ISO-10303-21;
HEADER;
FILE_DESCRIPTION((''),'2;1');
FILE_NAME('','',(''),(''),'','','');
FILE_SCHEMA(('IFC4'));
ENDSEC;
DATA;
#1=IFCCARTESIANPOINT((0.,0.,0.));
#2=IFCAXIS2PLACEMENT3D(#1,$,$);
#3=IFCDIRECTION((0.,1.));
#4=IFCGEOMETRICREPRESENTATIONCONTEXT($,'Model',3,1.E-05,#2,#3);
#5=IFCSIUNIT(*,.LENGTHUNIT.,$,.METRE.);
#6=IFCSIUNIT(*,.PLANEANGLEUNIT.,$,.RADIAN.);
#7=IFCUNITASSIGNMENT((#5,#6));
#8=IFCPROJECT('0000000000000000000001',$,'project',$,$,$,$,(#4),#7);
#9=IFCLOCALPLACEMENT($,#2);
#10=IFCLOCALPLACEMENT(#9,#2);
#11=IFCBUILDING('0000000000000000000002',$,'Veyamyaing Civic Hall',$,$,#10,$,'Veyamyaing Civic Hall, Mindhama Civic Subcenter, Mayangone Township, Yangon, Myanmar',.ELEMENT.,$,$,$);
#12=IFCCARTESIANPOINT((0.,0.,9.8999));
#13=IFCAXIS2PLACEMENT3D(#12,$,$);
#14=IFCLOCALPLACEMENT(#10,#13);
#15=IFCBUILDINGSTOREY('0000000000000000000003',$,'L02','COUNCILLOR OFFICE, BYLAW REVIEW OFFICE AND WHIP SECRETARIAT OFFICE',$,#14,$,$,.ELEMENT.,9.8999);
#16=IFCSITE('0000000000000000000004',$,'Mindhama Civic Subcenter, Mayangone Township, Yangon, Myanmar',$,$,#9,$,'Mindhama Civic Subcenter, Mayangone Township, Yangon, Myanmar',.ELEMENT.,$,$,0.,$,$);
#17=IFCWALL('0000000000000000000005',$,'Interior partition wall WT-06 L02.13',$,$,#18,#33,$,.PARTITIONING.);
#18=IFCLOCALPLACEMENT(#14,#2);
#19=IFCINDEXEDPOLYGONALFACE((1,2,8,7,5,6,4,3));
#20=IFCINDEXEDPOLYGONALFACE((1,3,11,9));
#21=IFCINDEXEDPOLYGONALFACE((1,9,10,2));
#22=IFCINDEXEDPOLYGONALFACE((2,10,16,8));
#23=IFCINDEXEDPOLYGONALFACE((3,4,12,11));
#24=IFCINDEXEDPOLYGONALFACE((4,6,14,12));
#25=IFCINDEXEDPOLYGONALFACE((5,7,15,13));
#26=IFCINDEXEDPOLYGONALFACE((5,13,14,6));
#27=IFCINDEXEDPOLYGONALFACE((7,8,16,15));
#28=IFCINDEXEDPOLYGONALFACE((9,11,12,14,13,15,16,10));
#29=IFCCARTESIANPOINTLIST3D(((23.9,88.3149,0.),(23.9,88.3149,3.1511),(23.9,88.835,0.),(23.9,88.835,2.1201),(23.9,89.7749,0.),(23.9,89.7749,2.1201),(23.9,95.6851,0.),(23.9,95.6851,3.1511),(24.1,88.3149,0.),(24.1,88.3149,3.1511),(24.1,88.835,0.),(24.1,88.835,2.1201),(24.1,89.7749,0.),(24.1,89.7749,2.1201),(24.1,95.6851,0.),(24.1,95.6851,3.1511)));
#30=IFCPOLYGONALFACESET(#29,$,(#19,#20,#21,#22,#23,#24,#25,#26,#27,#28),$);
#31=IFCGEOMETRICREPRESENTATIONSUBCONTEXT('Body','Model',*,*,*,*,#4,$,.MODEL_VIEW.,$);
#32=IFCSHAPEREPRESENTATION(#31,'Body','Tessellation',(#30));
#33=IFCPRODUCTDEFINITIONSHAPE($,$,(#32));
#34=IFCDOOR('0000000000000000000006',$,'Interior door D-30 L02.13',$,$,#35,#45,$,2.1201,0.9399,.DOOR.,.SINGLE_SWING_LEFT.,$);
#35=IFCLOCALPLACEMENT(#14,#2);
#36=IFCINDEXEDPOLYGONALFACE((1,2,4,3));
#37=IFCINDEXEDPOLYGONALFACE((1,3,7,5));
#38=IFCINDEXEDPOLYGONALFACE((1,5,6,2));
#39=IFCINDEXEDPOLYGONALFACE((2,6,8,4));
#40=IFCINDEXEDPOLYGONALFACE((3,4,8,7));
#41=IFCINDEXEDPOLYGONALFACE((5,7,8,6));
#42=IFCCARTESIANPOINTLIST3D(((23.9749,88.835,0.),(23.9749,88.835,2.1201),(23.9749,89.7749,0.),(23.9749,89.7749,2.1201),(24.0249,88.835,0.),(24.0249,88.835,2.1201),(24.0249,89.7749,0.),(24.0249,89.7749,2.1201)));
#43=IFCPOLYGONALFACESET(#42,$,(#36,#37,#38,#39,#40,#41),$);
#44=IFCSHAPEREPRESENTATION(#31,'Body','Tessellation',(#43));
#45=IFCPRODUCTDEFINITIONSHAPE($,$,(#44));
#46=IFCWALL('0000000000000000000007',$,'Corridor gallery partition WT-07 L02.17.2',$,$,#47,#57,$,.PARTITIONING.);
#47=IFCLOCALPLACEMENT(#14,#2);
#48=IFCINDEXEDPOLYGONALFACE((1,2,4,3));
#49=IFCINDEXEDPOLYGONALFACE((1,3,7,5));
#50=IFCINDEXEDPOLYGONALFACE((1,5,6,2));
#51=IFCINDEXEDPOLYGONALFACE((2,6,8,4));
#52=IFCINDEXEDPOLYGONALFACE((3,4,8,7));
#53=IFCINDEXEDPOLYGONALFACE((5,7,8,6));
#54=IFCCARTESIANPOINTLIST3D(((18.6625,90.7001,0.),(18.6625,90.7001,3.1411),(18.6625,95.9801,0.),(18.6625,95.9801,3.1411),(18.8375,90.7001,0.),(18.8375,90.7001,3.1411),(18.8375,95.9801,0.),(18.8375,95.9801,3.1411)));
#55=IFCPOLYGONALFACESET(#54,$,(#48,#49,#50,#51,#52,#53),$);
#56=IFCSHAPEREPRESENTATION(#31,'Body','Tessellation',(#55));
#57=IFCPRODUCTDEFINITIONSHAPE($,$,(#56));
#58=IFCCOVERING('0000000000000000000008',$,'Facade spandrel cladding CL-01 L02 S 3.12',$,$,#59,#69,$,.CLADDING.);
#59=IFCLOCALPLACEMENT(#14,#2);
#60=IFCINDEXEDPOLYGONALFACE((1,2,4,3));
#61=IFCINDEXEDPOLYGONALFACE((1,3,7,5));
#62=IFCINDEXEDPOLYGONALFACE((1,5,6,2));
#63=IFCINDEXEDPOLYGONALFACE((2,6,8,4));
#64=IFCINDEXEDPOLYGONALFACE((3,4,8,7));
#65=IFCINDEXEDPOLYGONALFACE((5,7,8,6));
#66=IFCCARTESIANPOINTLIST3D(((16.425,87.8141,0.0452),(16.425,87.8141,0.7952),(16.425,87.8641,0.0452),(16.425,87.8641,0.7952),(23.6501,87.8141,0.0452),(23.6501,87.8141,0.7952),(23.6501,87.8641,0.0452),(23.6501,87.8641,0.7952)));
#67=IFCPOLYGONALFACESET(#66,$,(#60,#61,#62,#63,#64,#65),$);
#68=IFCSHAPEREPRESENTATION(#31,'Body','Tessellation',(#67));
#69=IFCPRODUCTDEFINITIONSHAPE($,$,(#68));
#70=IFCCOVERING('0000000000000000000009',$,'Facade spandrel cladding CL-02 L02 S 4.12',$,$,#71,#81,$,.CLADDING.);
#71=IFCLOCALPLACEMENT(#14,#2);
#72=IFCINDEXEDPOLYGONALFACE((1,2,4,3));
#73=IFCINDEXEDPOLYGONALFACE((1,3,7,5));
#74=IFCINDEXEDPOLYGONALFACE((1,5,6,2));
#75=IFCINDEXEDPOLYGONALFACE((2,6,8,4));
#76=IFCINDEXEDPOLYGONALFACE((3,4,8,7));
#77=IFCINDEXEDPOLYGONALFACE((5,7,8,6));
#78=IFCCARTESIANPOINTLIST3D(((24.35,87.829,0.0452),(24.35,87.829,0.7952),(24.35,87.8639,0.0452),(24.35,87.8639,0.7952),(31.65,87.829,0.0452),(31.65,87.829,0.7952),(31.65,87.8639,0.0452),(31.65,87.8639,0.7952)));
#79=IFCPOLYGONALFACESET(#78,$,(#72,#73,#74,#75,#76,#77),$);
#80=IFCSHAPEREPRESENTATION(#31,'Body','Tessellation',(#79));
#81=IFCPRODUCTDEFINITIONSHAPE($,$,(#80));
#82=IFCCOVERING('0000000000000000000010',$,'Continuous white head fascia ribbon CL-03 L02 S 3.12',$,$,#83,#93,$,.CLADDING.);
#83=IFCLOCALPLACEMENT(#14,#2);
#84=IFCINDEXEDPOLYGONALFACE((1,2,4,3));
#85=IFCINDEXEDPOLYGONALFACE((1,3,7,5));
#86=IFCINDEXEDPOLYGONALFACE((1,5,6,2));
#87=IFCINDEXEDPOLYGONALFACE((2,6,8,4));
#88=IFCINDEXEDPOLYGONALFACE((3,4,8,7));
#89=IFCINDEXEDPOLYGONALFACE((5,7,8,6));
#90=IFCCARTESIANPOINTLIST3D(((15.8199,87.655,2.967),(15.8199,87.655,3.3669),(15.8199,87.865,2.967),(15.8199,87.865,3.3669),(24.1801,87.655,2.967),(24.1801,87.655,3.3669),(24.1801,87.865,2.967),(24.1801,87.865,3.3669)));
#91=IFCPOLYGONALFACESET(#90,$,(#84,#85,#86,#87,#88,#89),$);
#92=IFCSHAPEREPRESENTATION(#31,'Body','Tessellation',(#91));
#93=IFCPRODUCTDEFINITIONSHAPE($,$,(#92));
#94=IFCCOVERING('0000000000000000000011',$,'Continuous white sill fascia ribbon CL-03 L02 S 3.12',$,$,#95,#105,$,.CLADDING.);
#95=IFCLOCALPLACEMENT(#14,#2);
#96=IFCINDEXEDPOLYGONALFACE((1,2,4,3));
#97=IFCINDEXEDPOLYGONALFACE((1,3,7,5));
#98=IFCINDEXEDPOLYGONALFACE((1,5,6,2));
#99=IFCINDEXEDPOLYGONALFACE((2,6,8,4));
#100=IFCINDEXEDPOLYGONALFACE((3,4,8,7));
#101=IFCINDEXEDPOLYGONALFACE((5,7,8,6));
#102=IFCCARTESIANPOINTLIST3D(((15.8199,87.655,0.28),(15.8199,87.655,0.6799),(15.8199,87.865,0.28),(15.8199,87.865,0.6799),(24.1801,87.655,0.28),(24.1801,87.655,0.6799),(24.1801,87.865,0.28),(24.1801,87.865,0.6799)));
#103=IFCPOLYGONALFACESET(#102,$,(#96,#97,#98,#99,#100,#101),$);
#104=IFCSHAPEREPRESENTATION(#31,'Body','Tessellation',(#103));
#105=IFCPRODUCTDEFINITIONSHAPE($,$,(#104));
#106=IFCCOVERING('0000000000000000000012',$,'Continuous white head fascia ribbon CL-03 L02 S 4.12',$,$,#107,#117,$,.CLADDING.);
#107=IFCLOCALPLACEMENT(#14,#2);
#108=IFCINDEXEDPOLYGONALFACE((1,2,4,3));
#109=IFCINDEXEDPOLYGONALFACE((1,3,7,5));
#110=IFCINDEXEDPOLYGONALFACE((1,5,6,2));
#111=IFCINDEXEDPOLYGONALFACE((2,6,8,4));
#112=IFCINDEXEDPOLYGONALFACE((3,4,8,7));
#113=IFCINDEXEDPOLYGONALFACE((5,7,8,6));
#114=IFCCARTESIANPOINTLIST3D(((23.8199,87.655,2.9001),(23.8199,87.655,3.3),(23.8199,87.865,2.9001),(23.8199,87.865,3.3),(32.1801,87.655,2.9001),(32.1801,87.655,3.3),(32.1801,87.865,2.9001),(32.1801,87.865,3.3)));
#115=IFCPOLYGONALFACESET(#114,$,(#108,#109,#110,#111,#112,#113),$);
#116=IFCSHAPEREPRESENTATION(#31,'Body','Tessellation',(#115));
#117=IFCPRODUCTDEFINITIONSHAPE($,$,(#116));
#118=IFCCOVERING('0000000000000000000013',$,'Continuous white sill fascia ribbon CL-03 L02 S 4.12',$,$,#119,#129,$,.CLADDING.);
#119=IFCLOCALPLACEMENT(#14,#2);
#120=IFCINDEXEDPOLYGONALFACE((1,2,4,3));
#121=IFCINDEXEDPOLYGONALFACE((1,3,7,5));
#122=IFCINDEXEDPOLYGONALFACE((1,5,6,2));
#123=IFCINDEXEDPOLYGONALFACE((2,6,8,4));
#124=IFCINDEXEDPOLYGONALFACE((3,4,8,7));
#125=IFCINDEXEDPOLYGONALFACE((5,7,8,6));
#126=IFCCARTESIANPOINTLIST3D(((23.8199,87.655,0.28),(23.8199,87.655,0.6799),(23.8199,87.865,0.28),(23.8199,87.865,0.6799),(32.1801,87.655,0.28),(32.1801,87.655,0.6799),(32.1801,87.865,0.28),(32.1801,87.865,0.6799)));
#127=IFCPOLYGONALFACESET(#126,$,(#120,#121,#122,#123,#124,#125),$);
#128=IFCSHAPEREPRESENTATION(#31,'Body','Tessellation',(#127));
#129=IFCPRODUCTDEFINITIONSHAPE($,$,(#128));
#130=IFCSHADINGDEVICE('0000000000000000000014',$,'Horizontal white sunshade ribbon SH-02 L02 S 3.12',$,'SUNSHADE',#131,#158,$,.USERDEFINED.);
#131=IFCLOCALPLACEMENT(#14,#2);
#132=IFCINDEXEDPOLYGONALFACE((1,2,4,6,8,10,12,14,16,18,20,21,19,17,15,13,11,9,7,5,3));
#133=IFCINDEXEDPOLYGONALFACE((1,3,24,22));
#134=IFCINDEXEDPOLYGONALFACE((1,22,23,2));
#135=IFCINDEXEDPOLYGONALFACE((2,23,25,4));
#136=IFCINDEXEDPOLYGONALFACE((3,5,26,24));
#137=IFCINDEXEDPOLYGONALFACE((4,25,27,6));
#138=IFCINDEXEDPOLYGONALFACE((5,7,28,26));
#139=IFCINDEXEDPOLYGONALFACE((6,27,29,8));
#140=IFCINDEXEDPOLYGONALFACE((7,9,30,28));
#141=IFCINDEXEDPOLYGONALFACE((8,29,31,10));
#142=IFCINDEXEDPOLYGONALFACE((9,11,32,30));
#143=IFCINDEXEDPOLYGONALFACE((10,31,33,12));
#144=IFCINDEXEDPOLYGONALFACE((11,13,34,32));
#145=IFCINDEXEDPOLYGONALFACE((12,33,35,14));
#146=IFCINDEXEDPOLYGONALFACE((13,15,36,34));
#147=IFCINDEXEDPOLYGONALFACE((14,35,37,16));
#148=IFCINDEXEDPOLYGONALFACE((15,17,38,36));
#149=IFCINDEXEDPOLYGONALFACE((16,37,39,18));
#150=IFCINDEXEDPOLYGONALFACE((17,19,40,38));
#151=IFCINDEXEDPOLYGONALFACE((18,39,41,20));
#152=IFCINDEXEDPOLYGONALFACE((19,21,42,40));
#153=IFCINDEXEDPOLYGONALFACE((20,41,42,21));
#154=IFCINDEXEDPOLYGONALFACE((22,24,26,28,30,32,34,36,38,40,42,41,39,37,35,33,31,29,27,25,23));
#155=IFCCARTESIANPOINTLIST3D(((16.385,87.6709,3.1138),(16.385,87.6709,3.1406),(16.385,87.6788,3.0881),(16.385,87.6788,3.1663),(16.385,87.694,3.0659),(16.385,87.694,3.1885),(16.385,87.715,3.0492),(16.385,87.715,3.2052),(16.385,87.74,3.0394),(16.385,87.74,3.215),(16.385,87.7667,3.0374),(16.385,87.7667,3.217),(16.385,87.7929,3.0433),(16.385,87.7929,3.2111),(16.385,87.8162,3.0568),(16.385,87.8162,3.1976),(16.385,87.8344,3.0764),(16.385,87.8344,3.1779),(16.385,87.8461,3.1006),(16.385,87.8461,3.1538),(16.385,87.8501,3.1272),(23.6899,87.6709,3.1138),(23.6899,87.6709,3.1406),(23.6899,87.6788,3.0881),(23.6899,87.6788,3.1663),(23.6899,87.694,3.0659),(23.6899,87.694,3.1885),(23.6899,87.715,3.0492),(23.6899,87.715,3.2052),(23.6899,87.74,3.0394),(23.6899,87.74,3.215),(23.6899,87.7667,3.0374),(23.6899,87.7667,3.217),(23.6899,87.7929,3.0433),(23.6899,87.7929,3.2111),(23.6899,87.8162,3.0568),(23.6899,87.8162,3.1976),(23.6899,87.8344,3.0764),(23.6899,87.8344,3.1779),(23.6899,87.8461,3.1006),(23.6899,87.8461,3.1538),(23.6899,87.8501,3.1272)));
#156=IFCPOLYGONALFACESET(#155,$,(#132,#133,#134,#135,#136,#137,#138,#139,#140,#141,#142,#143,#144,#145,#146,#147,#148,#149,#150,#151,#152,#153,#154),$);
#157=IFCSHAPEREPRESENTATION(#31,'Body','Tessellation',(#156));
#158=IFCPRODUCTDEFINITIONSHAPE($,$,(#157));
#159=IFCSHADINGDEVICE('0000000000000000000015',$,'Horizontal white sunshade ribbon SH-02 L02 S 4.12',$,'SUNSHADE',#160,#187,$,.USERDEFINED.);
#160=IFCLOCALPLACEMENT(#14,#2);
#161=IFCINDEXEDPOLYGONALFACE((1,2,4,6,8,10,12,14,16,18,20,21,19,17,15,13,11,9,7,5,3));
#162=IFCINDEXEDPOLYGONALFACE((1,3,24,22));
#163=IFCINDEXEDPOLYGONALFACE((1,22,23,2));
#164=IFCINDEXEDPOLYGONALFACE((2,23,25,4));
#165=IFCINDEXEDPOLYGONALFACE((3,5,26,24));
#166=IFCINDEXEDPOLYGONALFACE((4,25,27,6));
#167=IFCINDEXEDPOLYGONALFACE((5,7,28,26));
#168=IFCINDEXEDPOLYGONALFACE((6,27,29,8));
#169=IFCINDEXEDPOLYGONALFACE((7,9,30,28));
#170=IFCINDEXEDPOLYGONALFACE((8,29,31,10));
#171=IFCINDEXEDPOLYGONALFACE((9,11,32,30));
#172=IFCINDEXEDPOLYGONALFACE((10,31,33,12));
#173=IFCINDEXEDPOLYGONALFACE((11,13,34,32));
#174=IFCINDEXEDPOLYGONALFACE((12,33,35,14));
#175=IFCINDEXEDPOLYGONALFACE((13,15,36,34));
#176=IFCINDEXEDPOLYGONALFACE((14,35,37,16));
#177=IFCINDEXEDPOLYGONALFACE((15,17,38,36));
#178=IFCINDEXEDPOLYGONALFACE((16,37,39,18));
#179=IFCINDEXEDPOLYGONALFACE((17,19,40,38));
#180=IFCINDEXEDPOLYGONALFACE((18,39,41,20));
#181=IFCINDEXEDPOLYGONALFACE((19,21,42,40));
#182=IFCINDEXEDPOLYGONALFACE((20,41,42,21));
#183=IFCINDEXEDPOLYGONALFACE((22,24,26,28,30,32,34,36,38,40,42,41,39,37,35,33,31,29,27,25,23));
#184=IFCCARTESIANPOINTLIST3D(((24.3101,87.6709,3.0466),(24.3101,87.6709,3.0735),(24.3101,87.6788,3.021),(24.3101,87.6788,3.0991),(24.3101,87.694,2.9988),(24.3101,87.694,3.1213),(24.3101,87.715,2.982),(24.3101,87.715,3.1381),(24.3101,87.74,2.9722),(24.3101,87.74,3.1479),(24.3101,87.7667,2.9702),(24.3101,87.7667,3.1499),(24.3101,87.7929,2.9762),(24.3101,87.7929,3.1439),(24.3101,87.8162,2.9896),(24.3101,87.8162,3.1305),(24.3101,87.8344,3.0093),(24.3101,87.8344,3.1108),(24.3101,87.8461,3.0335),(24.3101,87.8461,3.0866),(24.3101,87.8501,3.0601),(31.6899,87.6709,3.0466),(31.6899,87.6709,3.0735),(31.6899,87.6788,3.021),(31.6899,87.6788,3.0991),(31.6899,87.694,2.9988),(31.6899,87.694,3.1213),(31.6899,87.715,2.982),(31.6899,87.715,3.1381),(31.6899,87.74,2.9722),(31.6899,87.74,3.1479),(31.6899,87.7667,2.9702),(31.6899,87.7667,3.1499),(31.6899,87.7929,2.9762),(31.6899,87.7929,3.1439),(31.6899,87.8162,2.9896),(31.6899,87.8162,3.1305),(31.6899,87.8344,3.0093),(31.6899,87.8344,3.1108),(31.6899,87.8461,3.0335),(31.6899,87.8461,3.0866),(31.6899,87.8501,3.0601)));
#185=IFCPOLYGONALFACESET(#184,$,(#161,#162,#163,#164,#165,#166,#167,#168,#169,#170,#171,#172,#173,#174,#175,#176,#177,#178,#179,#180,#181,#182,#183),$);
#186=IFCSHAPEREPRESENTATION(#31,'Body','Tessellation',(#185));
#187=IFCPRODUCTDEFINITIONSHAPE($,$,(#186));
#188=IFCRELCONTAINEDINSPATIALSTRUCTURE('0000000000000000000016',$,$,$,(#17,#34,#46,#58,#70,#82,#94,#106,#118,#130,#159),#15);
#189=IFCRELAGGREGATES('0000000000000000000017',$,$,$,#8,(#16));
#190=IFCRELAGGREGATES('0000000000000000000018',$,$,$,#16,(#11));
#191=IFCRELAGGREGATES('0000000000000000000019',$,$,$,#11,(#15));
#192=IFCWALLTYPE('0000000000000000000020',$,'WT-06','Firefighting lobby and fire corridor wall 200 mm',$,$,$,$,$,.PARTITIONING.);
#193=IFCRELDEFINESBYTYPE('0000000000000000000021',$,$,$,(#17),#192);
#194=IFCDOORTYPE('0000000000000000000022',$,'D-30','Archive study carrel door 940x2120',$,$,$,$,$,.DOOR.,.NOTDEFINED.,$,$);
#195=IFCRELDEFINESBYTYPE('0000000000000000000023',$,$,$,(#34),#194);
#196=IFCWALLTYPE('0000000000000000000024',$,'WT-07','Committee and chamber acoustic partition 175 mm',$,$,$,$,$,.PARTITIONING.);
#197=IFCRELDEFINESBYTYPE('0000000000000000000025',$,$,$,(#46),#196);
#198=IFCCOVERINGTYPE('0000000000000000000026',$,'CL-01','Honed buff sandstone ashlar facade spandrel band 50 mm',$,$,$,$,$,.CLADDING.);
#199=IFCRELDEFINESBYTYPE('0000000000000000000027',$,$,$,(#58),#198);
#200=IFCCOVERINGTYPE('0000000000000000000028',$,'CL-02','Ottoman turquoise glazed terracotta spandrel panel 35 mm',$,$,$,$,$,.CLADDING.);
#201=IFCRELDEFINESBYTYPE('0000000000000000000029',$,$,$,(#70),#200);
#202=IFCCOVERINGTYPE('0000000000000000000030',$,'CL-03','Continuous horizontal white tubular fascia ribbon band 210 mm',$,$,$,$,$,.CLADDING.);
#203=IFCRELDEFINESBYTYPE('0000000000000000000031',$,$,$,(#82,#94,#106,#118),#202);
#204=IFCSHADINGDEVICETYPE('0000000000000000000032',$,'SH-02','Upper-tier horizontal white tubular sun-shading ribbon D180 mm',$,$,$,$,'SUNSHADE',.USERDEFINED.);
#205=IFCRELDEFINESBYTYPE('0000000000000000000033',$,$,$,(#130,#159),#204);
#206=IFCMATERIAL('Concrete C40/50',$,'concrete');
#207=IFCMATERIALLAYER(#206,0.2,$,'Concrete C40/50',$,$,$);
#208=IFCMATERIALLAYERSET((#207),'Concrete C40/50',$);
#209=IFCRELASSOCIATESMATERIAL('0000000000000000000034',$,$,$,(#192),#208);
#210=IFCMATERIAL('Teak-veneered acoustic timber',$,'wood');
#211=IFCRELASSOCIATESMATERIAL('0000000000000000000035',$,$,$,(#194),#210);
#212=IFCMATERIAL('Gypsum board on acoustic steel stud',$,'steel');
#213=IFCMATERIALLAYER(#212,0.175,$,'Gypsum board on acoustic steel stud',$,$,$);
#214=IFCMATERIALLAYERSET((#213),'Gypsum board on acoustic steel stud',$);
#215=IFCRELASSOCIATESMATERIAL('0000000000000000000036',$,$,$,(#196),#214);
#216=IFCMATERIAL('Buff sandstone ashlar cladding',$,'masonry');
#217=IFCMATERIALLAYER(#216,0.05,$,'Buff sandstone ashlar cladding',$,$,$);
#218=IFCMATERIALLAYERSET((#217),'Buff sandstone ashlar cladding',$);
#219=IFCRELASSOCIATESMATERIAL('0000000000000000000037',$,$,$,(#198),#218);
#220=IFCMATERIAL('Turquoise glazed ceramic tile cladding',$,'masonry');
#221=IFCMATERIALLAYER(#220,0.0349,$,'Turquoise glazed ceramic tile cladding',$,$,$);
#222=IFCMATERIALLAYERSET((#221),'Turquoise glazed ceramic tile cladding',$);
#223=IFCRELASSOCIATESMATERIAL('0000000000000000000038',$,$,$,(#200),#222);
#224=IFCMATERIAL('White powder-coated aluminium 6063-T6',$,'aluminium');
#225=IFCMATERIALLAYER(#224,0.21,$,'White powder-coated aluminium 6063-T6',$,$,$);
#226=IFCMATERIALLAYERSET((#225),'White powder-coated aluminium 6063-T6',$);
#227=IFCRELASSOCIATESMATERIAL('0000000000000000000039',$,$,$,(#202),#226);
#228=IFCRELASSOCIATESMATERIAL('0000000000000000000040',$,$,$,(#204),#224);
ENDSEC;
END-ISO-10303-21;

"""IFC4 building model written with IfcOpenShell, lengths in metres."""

from ifc_helpers import new_model, si_unit, direction, frame, frame_2d, origin, origin_2d, place, context, subcontext, project, spatial, rectangle, circle, extrude, material, layer, layer_set, material_profile, profile_set, type_object, element, fill, save


model = new_model("IFC4")

# Units and contexts
model_context = context("Model", 3, precision=1e-05, world=origin(), true_north=direction((0.0, 1.0)))
body_context = subcontext(model_context, "Body", "Model", "MODEL_VIEW")
ifc_project = project(units=[si_unit("LENGTHUNIT", "METRE"), si_unit("PLANEANGLEUNIT", "RADIAN")], contexts=[model_context])

# Site, building, storey
site_placement = place(None, origin())
site = spatial("IfcSite", under=ifc_project, at=site_placement, Name="Mindhama Civic Subcenter, Mayangone Township, Yangon, Myanmar", LongName="Mindhama Civic Subcenter, Mayangone Township, Yangon, Myanmar", CompositionType="ELEMENT", RefElevation=0.0)
building_placement = place(site_placement, origin())
building = spatial("IfcBuilding", under=site, at=building_placement, Name="Veyamyaing Civic Hall", LongName="Veyamyaing Civic Hall, Mindhama Civic Subcenter, Mayangone Township, Yangon, Myanmar", CompositionType="ELEMENT")
storey_placement = place(building_placement, frame((0.0, 0.0, 9.8999)))
storey = spatial("IfcBuildingStorey", under=building, at=storey_placement, Name="L02", Description="COUNCILLOR OFFICE, BYLAW REVIEW OFFICE AND WHIP SECRETARIAT OFFICE", CompositionType="ELEMENT", Elevation=9.8999)

# Wall, opening, door
ifc_material_1 = material(Name="Concrete C40/50", Category="concrete")
ifc_layer_1 = layer(ifc_material_1, 0.2, Name="Concrete C40/50")
ifc_layer_set_1 = layer_set([ifc_layer_1], Name="Concrete C40/50")
wall_type_1 = type_object("IfcWallType", Name="WT-06", Description="Firefighting lobby and fire corridor wall 200 mm", PredefinedType="PARTITIONING", material=ifc_layer_set_1)
wall_1_placement = place(storey_placement, frame((24.0, 88.3149, 0.0), z_axis=(0.0, 0.0, 1.0), x_axis=(0.0, 1.0, 0.0)))
wall_1 = element("IfcWall", 1, at=wall_1_placement, inside=storey, type_object=wall_type_1, Name="Interior partition wall WT-06 L02.13", PredefinedType="PARTITIONING", context=body_context, shape_type="SweptSolid", body=[
    extrude(rectangle(XDim=7.3701, YDim=0.2, at=frame_2d((3.6851, 0.0))), origin(), (0.0, 0.0, 1.0), 3.1511),
])
opening_1_placement = place(wall_1_placement, frame((0.52, 0.0, 0.0)))
opening_1 = element("IfcOpeningElement", 2, at=opening_1_placement, cuts=wall_1, PredefinedType="OPENING", context=body_context, shape_type="SweptSolid", body=[
    extrude(rectangle(XDim=0.9399, YDim=2.1201, at=frame_2d((0.47, 1.0601))), frame((0.0, 0.1099, 0.0), z_axis=(0.0, -1.0, 0.0), x_axis=(1.0, 0.0, 0.0)), (0.0, 0.0, 1.0), 0.22),
])
ifc_material_2 = material(Name="Teak-veneered acoustic timber", Category="wood")
door_type = type_object("IfcDoorType", Name="D-30", Description="Archive study carrel door 940x2120", OperationType="NOTDEFINED", PredefinedType="DOOR", material=ifc_material_2)
door_placement = place(opening_1_placement, frame((0.9399, 0.0, 0.0), z_axis=(0.0, 0.0, 1.0), x_axis=(-1.0, 0.0, 0.0)))
door = element("IfcDoor", 3, at=door_placement, inside=storey, type_object=door_type, Name="Interior door D-30 L02.13", OperationType="SINGLE_SWING_LEFT", OverallHeight=2.1201, OverallWidth=0.9399, PredefinedType="DOOR", context=body_context, shape_type="SweptSolid", body=[
    extrude(rectangle(XDim=0.9399, YDim=2.1201, at=frame_2d((0.47, 1.0601))), frame((0.0, 0.0249, 0.0), z_axis=(0.0, -1.0, 0.0), x_axis=(1.0, 0.0, 0.0)), (0.0, 0.0, 1.0), 0.05),
])
fill(opening_1, door)

# Wall
ifc_material_3 = material(Name="Gypsum board on acoustic steel stud", Category="steel")
ifc_layer_2 = layer(ifc_material_3, 0.175, Name="Gypsum board on acoustic steel stud")
ifc_layer_set_2 = layer_set([ifc_layer_2], Name="Gypsum board on acoustic steel stud")
wall_type_2 = type_object("IfcWallType", Name="WT-07", Description="Committee and chamber acoustic partition 175 mm", PredefinedType="PARTITIONING", material=ifc_layer_set_2)
wall_2_placement = place(storey_placement, frame((18.75, 90.7, 0.0), z_axis=(0.0, 0.0, 1.0), x_axis=(0.0, 1.0, 0.0)))
element("IfcWall", 4, at=wall_2_placement, inside=storey, type_object=wall_type_2, Name="Corridor gallery partition WT-07 L02.17.2", PredefinedType="PARTITIONING", context=body_context, shape_type="SweptSolid", body=[
    extrude(rectangle(XDim=5.28, YDim=0.175, at=frame_2d((2.6401, 0.0))), origin(), (0.0, 0.0, 1.0), 3.1411),
])

# Coverings
ifc_material_4 = material(Name="Buff sandstone ashlar cladding", Category="masonry")
ifc_layer_3 = layer(ifc_material_4, 0.05, Name="Buff sandstone ashlar cladding")
ifc_layer_set_3 = layer_set([ifc_layer_3], Name="Buff sandstone ashlar cladding")
covering_type_1 = type_object("IfcCoveringType", Name="CL-01", Description="Honed buff sandstone ashlar facade spandrel band 50 mm", PredefinedType="CLADDING", material=ifc_layer_set_3)
covering_1_placement = place(storey_placement, frame((20.0376, 87.8391, 0.0452), z_axis=(0.0, 0.0, 1.0), x_axis=(1.0, 0.0, 0.0)))
element("IfcCovering", 5, at=covering_1_placement, inside=storey, type_object=covering_type_1, Name="Facade spandrel cladding CL-01 L02 S 3.12", PredefinedType="CLADDING", context=body_context, shape_type="SweptSolid", body=[
    extrude(rectangle(XDim=7.2251, YDim=0.05, at=origin_2d()), origin(), (0.0, 0.0, 1.0), 0.75),
])
ifc_material_5 = material(Name="Turquoise glazed ceramic tile cladding", Category="masonry")
ifc_layer_4 = layer(ifc_material_5, 0.0349, Name="Turquoise glazed ceramic tile cladding")
ifc_layer_set_4 = layer_set([ifc_layer_4], Name="Turquoise glazed ceramic tile cladding")
covering_type_2 = type_object("IfcCoveringType", Name="CL-02", Description="Ottoman turquoise glazed terracotta spandrel panel 35 mm", PredefinedType="CLADDING", material=ifc_layer_set_4)
covering_2_placement = place(storey_placement, frame((28.0, 87.8464, 0.0452), z_axis=(0.0, 0.0, 1.0), x_axis=(1.0, 0.0, 0.0)))
element("IfcCovering", 6, at=covering_2_placement, inside=storey, type_object=covering_type_2, Name="Facade spandrel cladding CL-02 L02 S 4.12", PredefinedType="CLADDING", context=body_context, shape_type="SweptSolid", body=[
    extrude(rectangle(XDim=7.3, YDim=0.0349, at=origin_2d()), origin(), (0.0, 0.0, 1.0), 0.75),
])
ifc_material_6 = material(Name="White powder-coated aluminium 6063-T6", Category="aluminium")
ifc_layer_5 = layer(ifc_material_6, 0.21, Name="White powder-coated aluminium 6063-T6")
ifc_layer_set_5 = layer_set([ifc_layer_5], Name="White powder-coated aluminium 6063-T6")
covering_type_3 = type_object("IfcCoveringType", Name="CL-03", Description="Continuous horizontal white tubular fascia ribbon band 210 mm", PredefinedType="CLADDING", material=ifc_layer_set_5)
for number, where, z_axis, x_axis, name in (
    (7, (20.0, 87.76, 2.967), (0.0, 0.0, 1.0), (1.0, 0.0, 0.0), "Continuous white head fascia ribbon CL-03 L02 S 3.12"),
    (8, (20.0, 87.76, 0.28), (0.0, 0.0, 1.0), (1.0, 0.0, 0.0), "Continuous white sill fascia ribbon CL-03 L02 S 3.12"),
    (9, (28.0, 87.76, 2.9001), (0.0, 0.0, 1.0), (1.0, 0.0, 0.0), "Continuous white head fascia ribbon CL-03 L02 S 4.12"),
    (10, (28.0, 87.76, 0.28), (0.0, 0.0, 1.0), (1.0, 0.0, 0.0), "Continuous white sill fascia ribbon CL-03 L02 S 4.12"),
):
    element("IfcCovering", number, at=place(storey_placement, frame(where, z_axis=z_axis, x_axis=x_axis)), inside=storey, type_object=covering_type_3, Name=name, PredefinedType="CLADDING", context=body_context, shape_type="SweptSolid", body=[
        extrude(rectangle(XDim=8.3601, YDim=0.21, at=origin_2d()), origin(), (0.0, 0.0, 1.0), 0.3999),
    ])

# Shading devices
ifc_material_profile_1 = material_profile(ifc_material_6, circle(Radius=0.0901, at=origin_2d()), Name="SHADE-TUBE-180")
ifc_profile_set_1 = profile_set([ifc_material_profile_1], Name="White powder-coated aluminium 6063-T6")
shading_device_type = type_object("IfcShadingDeviceType", Name="SH-02", Description="Upper-tier horizontal white tubular sun-shading ribbon D180 mm", ElementType="SUNSHADE", PredefinedType="USERDEFINED", material=ifc_profile_set_1)
shading_device_1_placement = place(storey_placement, frame((16.385, 87.76, 3.1272), z_axis=(1.0, 0.0, 0.0), x_axis=(0.0, 1.0, 0.0)))
element("IfcShadingDevice", 11, at=shading_device_1_placement, inside=storey, type_object=shading_device_type, Name="Horizontal white sunshade ribbon SH-02 L02 S 3.12", ObjectType="SUNSHADE", PredefinedType="USERDEFINED", context=body_context, shape_type="SweptSolid", body=[
    extrude(circle(Radius=0.0901, at=origin_2d()), origin(), (0.0, 0.0, 1.0), 7.3049),
])
shading_device_2_placement = place(storey_placement, frame((24.3101, 87.76, 3.0601), z_axis=(1.0, 0.0, 0.0), x_axis=(0.0, 1.0, 0.0)))
element("IfcShadingDevice", 12, at=shading_device_2_placement, inside=storey, type_object=shading_device_type, Name="Horizontal white sunshade ribbon SH-02 L02 S 4.12", ObjectType="SUNSHADE", PredefinedType="USERDEFINED", context=body_context, shape_type="SweptSolid", body=[
    extrude(circle(Radius=0.0901, at=origin_2d()), origin(), (0.0, 0.0, 1.0), 7.3799),
])

save(model, "model.ifc")
